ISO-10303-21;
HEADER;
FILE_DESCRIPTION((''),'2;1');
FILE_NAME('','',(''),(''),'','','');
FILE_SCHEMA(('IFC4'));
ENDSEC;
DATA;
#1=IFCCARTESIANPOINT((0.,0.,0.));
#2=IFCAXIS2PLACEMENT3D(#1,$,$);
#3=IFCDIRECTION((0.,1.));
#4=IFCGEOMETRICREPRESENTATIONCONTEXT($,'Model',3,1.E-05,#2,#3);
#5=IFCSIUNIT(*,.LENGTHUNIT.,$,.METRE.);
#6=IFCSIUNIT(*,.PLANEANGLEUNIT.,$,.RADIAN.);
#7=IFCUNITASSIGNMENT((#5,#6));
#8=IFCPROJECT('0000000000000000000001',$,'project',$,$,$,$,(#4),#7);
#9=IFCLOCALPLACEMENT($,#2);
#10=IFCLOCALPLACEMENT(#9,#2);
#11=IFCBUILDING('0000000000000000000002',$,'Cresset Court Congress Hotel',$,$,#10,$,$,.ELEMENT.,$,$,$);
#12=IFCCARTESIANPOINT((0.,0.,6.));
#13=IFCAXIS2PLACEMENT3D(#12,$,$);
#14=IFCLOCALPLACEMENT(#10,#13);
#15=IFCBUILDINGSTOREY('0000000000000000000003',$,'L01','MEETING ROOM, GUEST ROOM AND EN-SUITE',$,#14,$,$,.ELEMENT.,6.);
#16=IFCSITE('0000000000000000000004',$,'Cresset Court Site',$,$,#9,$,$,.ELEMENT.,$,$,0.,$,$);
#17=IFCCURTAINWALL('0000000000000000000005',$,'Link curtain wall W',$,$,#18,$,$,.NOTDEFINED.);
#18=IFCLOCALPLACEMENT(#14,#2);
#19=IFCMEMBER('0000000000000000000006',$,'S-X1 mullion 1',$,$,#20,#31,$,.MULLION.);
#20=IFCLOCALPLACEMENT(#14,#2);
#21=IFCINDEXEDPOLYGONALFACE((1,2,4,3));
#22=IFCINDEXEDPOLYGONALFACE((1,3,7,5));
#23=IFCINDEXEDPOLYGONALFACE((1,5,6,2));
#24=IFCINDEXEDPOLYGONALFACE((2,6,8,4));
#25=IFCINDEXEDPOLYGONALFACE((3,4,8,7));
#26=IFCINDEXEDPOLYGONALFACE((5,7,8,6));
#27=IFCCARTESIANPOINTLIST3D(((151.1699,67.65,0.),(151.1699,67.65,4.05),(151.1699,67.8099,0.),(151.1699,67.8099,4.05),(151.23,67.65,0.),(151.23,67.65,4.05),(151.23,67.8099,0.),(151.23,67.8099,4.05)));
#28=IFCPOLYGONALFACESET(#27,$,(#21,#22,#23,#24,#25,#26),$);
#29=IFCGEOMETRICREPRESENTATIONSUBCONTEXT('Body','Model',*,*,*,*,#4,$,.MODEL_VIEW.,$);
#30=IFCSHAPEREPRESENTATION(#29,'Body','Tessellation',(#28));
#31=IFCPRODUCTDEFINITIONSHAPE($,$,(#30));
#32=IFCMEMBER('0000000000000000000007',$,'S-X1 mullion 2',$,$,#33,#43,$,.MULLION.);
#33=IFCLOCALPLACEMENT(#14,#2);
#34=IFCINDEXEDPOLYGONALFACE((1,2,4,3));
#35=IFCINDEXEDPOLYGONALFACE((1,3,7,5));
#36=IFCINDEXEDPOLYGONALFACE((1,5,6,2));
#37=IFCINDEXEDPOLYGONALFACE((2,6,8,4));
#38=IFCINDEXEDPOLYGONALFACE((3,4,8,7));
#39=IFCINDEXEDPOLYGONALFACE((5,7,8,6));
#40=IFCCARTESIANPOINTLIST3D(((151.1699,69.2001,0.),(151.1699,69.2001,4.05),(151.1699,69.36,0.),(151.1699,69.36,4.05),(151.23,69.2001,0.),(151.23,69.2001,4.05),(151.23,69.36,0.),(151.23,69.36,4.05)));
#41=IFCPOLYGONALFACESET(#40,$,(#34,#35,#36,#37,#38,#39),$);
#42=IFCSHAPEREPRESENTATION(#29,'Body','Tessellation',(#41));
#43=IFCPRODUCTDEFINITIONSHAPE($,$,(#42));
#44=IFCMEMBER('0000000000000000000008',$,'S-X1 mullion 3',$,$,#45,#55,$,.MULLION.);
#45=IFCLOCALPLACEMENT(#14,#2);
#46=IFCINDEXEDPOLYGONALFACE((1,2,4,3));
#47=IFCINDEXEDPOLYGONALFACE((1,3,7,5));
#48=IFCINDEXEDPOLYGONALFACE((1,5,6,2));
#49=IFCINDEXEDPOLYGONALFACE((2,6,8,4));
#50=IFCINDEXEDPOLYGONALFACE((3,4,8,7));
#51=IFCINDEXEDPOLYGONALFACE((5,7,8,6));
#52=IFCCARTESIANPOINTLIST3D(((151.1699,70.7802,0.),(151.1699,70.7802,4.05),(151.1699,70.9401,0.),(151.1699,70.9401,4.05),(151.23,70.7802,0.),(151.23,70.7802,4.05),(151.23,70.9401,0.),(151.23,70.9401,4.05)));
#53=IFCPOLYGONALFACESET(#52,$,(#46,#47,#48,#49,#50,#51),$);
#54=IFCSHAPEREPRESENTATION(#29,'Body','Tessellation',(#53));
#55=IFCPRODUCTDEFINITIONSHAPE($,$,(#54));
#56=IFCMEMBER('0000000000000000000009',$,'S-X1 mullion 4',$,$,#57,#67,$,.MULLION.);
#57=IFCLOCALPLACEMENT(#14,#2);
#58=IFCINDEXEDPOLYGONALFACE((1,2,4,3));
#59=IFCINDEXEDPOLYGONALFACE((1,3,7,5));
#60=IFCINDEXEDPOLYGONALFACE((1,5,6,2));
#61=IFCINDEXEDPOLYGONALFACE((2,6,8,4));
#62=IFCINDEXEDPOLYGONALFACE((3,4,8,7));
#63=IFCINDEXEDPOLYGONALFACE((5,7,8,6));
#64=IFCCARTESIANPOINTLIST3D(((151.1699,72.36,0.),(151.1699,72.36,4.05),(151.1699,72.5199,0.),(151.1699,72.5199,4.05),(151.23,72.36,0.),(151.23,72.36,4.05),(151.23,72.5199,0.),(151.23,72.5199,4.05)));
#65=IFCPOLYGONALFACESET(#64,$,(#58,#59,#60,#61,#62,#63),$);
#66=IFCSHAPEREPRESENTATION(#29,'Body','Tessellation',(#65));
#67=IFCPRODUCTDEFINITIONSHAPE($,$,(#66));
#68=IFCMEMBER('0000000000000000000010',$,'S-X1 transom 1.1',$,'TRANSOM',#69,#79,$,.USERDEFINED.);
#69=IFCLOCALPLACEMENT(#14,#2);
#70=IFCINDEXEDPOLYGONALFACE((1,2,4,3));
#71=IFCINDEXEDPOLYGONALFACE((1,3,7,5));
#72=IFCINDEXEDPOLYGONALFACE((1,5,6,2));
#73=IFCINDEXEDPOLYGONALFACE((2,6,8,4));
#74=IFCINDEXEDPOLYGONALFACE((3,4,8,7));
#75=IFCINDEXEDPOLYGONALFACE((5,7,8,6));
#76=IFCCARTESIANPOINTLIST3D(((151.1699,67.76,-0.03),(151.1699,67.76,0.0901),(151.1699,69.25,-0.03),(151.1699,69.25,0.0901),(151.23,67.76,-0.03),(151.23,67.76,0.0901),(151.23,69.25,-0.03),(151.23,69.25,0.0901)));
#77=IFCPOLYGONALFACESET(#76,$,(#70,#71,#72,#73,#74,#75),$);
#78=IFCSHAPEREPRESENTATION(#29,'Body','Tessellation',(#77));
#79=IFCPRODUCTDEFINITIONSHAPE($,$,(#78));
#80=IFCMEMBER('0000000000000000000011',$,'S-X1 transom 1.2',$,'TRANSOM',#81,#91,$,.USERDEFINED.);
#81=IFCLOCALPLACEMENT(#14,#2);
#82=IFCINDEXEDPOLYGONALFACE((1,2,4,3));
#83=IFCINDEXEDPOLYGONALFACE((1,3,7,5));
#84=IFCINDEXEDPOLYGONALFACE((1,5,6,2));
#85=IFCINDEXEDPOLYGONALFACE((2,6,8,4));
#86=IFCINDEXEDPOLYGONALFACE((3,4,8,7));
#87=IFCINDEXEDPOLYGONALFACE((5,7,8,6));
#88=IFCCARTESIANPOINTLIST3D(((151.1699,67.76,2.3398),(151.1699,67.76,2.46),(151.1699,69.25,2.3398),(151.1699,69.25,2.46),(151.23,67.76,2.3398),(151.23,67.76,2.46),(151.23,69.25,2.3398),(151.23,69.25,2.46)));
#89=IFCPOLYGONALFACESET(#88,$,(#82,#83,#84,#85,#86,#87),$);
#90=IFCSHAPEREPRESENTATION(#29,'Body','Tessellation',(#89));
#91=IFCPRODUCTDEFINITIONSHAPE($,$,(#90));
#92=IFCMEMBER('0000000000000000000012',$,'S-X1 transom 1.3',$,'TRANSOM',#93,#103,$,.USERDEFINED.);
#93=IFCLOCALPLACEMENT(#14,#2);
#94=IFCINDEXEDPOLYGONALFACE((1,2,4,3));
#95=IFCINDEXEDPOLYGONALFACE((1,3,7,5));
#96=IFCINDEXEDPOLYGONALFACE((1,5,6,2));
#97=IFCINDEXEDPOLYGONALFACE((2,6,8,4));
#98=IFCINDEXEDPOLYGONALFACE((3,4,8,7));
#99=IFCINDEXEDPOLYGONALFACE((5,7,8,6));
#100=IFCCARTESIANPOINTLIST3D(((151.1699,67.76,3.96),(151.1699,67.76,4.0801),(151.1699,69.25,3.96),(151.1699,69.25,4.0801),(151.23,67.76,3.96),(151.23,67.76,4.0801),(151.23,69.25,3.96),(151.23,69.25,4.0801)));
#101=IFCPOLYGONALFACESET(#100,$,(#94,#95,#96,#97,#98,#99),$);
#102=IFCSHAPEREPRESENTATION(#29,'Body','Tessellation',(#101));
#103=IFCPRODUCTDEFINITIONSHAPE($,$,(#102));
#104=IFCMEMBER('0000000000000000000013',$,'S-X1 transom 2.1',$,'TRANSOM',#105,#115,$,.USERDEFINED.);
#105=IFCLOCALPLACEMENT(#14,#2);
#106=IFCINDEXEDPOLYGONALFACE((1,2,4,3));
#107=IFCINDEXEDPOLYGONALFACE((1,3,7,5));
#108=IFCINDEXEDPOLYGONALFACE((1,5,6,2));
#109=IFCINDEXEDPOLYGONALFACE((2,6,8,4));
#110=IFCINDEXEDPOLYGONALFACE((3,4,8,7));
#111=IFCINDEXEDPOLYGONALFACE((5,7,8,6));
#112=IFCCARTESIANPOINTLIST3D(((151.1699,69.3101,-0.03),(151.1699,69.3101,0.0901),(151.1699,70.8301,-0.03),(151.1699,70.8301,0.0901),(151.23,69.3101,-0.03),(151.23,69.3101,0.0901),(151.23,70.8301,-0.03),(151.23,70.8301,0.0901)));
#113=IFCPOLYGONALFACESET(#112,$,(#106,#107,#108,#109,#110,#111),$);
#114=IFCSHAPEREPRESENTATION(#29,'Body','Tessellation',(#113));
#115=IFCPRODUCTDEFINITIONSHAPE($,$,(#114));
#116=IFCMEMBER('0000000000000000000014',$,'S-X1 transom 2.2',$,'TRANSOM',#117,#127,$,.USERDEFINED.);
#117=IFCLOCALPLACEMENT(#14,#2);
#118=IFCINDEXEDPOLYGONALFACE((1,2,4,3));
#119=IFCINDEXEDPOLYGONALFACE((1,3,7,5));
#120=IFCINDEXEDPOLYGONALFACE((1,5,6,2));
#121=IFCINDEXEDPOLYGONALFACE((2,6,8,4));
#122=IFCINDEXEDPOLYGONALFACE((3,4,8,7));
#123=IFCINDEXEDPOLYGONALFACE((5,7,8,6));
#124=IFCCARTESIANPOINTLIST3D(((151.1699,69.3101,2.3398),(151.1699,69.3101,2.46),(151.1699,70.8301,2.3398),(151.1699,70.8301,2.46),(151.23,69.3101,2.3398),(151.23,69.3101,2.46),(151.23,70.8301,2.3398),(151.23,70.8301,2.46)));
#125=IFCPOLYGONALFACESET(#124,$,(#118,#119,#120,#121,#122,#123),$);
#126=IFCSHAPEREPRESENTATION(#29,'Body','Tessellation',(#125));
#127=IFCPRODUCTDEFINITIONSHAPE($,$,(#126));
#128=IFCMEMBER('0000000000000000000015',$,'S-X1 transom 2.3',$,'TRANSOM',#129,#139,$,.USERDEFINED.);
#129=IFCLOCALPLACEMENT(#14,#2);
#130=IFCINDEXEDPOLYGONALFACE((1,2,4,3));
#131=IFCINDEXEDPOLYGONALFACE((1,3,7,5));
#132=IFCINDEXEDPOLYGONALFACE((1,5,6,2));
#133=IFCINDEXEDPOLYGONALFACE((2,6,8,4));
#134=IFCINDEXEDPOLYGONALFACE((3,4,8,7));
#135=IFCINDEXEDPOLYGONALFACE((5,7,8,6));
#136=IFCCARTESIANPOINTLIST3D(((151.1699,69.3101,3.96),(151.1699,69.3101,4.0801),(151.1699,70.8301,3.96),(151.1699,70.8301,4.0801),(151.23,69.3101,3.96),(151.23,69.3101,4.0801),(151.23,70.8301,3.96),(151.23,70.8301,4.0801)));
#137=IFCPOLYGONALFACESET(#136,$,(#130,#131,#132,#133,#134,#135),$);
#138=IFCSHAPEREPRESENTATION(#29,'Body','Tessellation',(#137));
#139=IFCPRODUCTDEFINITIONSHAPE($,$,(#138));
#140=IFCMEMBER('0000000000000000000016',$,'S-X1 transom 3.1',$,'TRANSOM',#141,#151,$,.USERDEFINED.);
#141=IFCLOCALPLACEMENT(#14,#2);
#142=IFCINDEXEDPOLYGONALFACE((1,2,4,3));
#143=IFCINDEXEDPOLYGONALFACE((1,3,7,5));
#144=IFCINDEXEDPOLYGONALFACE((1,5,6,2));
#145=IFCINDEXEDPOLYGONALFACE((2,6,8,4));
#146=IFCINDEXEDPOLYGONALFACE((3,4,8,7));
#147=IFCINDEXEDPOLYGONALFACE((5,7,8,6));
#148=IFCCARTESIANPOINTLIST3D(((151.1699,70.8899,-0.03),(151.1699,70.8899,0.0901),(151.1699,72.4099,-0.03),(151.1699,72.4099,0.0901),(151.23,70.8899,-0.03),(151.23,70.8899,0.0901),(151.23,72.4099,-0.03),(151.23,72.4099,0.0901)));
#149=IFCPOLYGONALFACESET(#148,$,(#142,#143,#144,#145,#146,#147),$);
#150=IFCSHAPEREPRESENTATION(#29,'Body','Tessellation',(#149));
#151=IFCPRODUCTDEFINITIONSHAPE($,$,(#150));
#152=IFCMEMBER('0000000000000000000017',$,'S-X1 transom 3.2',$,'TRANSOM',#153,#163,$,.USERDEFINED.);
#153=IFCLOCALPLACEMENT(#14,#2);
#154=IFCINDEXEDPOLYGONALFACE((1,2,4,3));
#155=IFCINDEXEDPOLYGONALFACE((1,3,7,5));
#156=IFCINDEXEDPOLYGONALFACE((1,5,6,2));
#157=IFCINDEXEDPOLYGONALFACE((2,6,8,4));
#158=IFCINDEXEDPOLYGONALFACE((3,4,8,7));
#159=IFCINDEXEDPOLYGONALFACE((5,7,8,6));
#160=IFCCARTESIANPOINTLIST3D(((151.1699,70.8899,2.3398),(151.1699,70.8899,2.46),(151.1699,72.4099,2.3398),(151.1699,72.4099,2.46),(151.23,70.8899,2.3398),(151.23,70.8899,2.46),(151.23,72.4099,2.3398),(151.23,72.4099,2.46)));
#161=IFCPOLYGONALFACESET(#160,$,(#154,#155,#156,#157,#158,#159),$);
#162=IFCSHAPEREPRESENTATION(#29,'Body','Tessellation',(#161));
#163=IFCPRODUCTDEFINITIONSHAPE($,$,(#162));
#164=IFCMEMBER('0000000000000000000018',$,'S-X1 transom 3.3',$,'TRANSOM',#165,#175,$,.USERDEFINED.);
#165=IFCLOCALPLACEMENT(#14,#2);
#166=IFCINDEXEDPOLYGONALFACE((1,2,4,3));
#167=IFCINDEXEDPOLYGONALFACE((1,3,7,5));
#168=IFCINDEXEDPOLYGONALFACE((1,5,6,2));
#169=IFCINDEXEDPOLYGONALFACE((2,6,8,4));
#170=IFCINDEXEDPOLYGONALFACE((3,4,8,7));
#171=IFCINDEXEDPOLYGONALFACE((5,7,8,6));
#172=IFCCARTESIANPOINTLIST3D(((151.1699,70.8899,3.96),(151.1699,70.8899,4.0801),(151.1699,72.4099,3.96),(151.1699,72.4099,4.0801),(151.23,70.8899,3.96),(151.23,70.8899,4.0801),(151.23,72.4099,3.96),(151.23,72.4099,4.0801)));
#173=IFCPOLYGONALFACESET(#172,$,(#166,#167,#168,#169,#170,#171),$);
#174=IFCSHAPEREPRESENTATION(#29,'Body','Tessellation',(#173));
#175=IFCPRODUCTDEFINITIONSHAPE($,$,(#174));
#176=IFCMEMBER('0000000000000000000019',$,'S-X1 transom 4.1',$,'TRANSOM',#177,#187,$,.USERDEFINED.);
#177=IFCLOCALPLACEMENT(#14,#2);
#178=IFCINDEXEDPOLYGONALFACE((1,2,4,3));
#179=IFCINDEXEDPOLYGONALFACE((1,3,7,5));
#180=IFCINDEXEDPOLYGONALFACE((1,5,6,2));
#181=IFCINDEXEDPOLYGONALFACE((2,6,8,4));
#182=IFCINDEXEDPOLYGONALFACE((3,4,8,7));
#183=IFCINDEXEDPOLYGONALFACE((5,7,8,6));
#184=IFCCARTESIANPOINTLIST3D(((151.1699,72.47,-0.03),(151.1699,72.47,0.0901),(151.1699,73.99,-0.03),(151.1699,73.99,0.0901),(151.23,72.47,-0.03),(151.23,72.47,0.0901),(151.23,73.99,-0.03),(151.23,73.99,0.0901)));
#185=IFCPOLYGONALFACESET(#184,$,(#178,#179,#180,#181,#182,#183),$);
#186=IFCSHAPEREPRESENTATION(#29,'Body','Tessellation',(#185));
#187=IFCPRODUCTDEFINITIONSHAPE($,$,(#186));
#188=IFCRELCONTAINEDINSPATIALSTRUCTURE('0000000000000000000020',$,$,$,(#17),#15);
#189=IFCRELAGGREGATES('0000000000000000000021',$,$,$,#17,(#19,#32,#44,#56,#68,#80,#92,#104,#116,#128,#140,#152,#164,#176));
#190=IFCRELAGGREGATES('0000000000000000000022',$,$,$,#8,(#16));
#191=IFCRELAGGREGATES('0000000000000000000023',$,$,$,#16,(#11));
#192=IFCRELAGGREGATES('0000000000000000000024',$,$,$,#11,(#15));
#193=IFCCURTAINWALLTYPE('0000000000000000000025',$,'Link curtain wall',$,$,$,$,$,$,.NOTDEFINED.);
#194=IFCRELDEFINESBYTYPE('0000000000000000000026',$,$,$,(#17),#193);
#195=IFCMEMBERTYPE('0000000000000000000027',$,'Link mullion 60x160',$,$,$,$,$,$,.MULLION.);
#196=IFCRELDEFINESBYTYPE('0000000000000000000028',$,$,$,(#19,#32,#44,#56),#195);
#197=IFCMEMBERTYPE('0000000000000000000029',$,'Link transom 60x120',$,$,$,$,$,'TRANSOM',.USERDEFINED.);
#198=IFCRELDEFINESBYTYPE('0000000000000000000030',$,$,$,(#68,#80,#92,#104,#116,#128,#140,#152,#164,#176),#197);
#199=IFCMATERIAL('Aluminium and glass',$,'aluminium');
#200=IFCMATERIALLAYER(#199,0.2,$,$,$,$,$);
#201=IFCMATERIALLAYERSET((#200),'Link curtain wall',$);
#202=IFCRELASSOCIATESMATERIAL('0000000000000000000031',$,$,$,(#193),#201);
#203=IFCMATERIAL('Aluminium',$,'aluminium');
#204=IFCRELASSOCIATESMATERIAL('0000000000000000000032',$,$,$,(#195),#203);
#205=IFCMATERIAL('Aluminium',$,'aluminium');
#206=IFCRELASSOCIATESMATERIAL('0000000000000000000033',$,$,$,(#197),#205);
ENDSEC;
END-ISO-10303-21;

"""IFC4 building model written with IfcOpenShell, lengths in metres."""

from ifc_helpers import new_model, si_unit, direction, frame, origin, origin_2d, place, context, subcontext, project, spatial, rectangle, extrude, material, layer, layer_set, material_profile, profile_set, type_object, element, aggregate, save


model = new_model("IFC4")

# Units and contexts
model_context = context("Model", 3, precision=1e-05, world=origin(), true_north=direction((0.0, 1.0)))
body_context = subcontext(model_context, "Body", "Model", "MODEL_VIEW")
ifc_project = project(units=[si_unit("LENGTHUNIT", "METRE"), si_unit("PLANEANGLEUNIT", "RADIAN")], contexts=[model_context])

# Site, building, storey
site_placement = place(None, origin())
site = spatial("IfcSite", under=ifc_project, at=site_placement, Name="Cresset Court Site", CompositionType="ELEMENT", RefElevation=0.0)
building_placement = place(site_placement, origin())
building = spatial("IfcBuilding", under=site, at=building_placement, Name="Cresset Court Congress Hotel", CompositionType="ELEMENT")
storey_placement = place(building_placement, frame((0.0, 0.0, 6.0)))
storey = spatial("IfcBuildingStorey", under=building, at=storey_placement, Name="L01", Description="MEETING ROOM, GUEST ROOM AND EN-SUITE", CompositionType="ELEMENT", Elevation=6.0)

# Curtain wall, members
ifc_material_1 = material(Name="Aluminium and glass", Category="aluminium")
ifc_layer_1 = layer(ifc_material_1, 0.2)
ifc_layer_set_1 = layer_set([ifc_layer_1], Name="Link curtain wall")
curtain_wall_type = type_object("IfcCurtainWallType", Name="Link curtain wall", PredefinedType="NOTDEFINED", material=ifc_layer_set_1)
curtain_wall_placement = place(storey_placement, origin())
curtain_wall = element("IfcCurtainWall", 1, at=curtain_wall_placement, inside=storey, type_object=curtain_wall_type, Name="Link curtain wall W", PredefinedType="NOTDEFINED")
ifc_material_2 = material(Name="Aluminium", Category="aluminium")
ifc_material_profile_1 = material_profile(ifc_material_2, rectangle(XDim=0.0601, YDim=0.1599, at=origin_2d()), Name="Mullion 60x160")
ifc_profile_set_1 = profile_set([ifc_material_profile_1], Name="Aluminium")
member_type_1 = type_object("IfcMemberType", Name="Link mullion 60x160", PredefinedType="MULLION", material=ifc_profile_set_1)
member_1_placement = place(storey_placement, frame((151.2, 67.73, 0.0), z_axis=(0.0, 0.0, 1.0), x_axis=(-1.0, 0.0, 0.0)))
member_1 = element("IfcMember", 2, at=member_1_placement, type_object=member_type_1, Name="S-X1 mullion 1", PredefinedType="MULLION", context=body_context, shape_type="SweptSolid", body=[
    extrude(rectangle(XDim=0.0601, YDim=0.1599, at=origin_2d()), origin(), (0.0, 0.0, 1.0), 4.05),
])
member_2_placement = place(storey_placement, frame((151.2, 69.28, 0.0), z_axis=(0.0, 0.0, 1.0), x_axis=(-1.0, 0.0, 0.0)))
member_2 = element("IfcMember", 3, at=member_2_placement, type_object=member_type_1, Name="S-X1 mullion 2", PredefinedType="MULLION", context=body_context, shape_type="SweptSolid", body=[
    extrude(rectangle(XDim=0.0601, YDim=0.1599, at=origin_2d()), origin(), (0.0, 0.0, 1.0), 4.05),
])
member_3_placement = place(storey_placement, frame((151.2, 70.8601, 0.0), z_axis=(0.0, 0.0, 1.0), x_axis=(-1.0, 0.0, 0.0)))
member_3 = element("IfcMember", 4, at=member_3_placement, type_object=member_type_1, Name="S-X1 mullion 3", PredefinedType="MULLION", context=body_context, shape_type="SweptSolid", body=[
    extrude(rectangle(XDim=0.0601, YDim=0.1599, at=origin_2d()), origin(), (0.0, 0.0, 1.0), 4.05),
])
member_4_placement = place(storey_placement, frame((151.2, 72.4399, 0.0), z_axis=(0.0, 0.0, 1.0), x_axis=(-1.0, 0.0, 0.0)))
member_4 = element("IfcMember", 5, at=member_4_placement, type_object=member_type_1, Name="S-X1 mullion 4", PredefinedType="MULLION", context=body_context, shape_type="SweptSolid", body=[
    extrude(rectangle(XDim=0.0601, YDim=0.1599, at=origin_2d()), origin(), (0.0, 0.0, 1.0), 4.05),
])
ifc_material_3 = material(Name="Aluminium", Category="aluminium")
ifc_material_profile_2 = material_profile(ifc_material_3, rectangle(XDim=0.0601, YDim=0.1201, at=origin_2d()), Name="Transom 60x120")
ifc_profile_set_2 = profile_set([ifc_material_profile_2], Name="Aluminium")
member_type_2 = type_object("IfcMemberType", Name="Link transom 60x120", ElementType="TRANSOM", PredefinedType="USERDEFINED", material=ifc_profile_set_2)
member_5_placement = place(storey_placement, frame((151.2, 67.76, 0.03), z_axis=(0.0, 1.0, 0.0), x_axis=(-1.0, 0.0, 0.0)))
member_5 = element("IfcMember", 6, at=member_5_placement, type_object=member_type_2, Name="S-X1 transom 1.1", ObjectType="TRANSOM", PredefinedType="USERDEFINED", context=body_context, shape_type="SweptSolid", body=[
    extrude(rectangle(XDim=0.0601, YDim=0.1201, at=origin_2d()), origin(), (0.0, 0.0, 1.0), 1.49),
])
member_6_placement = place(storey_placement, frame((151.2, 67.76, 2.3999), z_axis=(0.0, 1.0, 0.0), x_axis=(-1.0, 0.0, 0.0)))
member_6 = element("IfcMember", 7, at=member_6_placement, type_object=member_type_2, Name="S-X1 transom 1.2", ObjectType="TRANSOM", PredefinedType="USERDEFINED", context=body_context, shape_type="SweptSolid", body=[
    extrude(rectangle(XDim=0.0601, YDim=0.1201, at=origin_2d()), origin(), (0.0, 0.0, 1.0), 1.49),
])
member_7_placement = place(storey_placement, frame((151.2, 67.76, 4.02), z_axis=(0.0, 1.0, 0.0), x_axis=(-1.0, 0.0, 0.0)))
member_7 = element("IfcMember", 8, at=member_7_placement, type_object=member_type_2, Name="S-X1 transom 1.3", ObjectType="TRANSOM", PredefinedType="USERDEFINED", context=body_context, shape_type="SweptSolid", body=[
    extrude(rectangle(XDim=0.0601, YDim=0.1201, at=origin_2d()), origin(), (0.0, 0.0, 1.0), 1.49),
])
member_8_placement = place(storey_placement, frame((151.2, 69.3101, 0.03), z_axis=(0.0, 1.0, 0.0), x_axis=(-1.0, 0.0, 0.0)))
member_8 = element("IfcMember", 9, at=member_8_placement, type_object=member_type_2, Name="S-X1 transom 2.1", ObjectType="TRANSOM", PredefinedType="USERDEFINED", context=body_context, shape_type="SweptSolid", body=[
    extrude(rectangle(XDim=0.0601, YDim=0.1201, at=origin_2d()), origin(), (0.0, 0.0, 1.0), 1.52),
])
member_9_placement = place(storey_placement, frame((151.2, 69.3101, 2.3999), z_axis=(0.0, 1.0, 0.0), x_axis=(-1.0, 0.0, 0.0)))
member_9 = element("IfcMember", 10, at=member_9_placement, type_object=member_type_2, Name="S-X1 transom 2.2", ObjectType="TRANSOM", PredefinedType="USERDEFINED", context=body_context, shape_type="SweptSolid", body=[
    extrude(rectangle(XDim=0.0601, YDim=0.1201, at=origin_2d()), origin(), (0.0, 0.0, 1.0), 1.52),
])
member_10_placement = place(storey_placement, frame((151.2, 69.3101, 4.02), z_axis=(0.0, 1.0, 0.0), x_axis=(-1.0, 0.0, 0.0)))
member_10 = element("IfcMember", 11, at=member_10_placement, type_object=member_type_2, Name="S-X1 transom 2.3", ObjectType="TRANSOM", PredefinedType="USERDEFINED", context=body_context, shape_type="SweptSolid", body=[
    extrude(rectangle(XDim=0.0601, YDim=0.1201, at=origin_2d()), origin(), (0.0, 0.0, 1.0), 1.52),
])
member_11_placement = place(storey_placement, frame((151.2, 70.8899, 0.03), z_axis=(0.0, 1.0, 0.0), x_axis=(-1.0, 0.0, 0.0)))
member_11 = element("IfcMember", 12, at=member_11_placement, type_object=member_type_2, Name="S-X1 transom 3.1", ObjectType="TRANSOM", PredefinedType="USERDEFINED", context=body_context, shape_type="SweptSolid", body=[
    extrude(rectangle(XDim=0.0601, YDim=0.1201, at=origin_2d()), origin(), (0.0, 0.0, 1.0), 1.52),
])
member_12_placement = place(storey_placement, frame((151.2, 70.8899, 2.3999), z_axis=(0.0, 1.0, 0.0), x_axis=(-1.0, 0.0, 0.0)))
member_12 = element("IfcMember", 13, at=member_12_placement, type_object=member_type_2, Name="S-X1 transom 3.2", ObjectType="TRANSOM", PredefinedType="USERDEFINED", context=body_context, shape_type="SweptSolid", body=[
    extrude(rectangle(XDim=0.0601, YDim=0.1201, at=origin_2d()), origin(), (0.0, 0.0, 1.0), 1.52),
])
member_13_placement = place(storey_placement, frame((151.2, 70.8899, 4.02), z_axis=(0.0, 1.0, 0.0), x_axis=(-1.0, 0.0, 0.0)))
member_13 = element("IfcMember", 14, at=member_13_placement, type_object=member_type_2, Name="S-X1 transom 3.3", ObjectType="TRANSOM", PredefinedType="USERDEFINED", context=body_context, shape_type="SweptSolid", body=[
    extrude(rectangle(XDim=0.0601, YDim=0.1201, at=origin_2d()), origin(), (0.0, 0.0, 1.0), 1.52),
])
member_14_placement = place(storey_placement, frame((151.2, 72.47, 0.03), z_axis=(0.0, 1.0, 0.0), x_axis=(-1.0, 0.0, 0.0)))
member_14 = element("IfcMember", 15, at=member_14_placement, type_object=member_type_2, Name="S-X1 transom 4.1", ObjectType="TRANSOM", PredefinedType="USERDEFINED", context=body_context, shape_type="SweptSolid", body=[
    extrude(rectangle(XDim=0.0601, YDim=0.1201, at=origin_2d()), origin(), (0.0, 0.0, 1.0), 1.52),
])

aggregate(curtain_wall, [member_1, member_2, member_3, member_4, member_5, member_6, member_7, member_8, member_9, member_10, member_11, member_12, member_13, member_14])

save(model, "model.ifc")
